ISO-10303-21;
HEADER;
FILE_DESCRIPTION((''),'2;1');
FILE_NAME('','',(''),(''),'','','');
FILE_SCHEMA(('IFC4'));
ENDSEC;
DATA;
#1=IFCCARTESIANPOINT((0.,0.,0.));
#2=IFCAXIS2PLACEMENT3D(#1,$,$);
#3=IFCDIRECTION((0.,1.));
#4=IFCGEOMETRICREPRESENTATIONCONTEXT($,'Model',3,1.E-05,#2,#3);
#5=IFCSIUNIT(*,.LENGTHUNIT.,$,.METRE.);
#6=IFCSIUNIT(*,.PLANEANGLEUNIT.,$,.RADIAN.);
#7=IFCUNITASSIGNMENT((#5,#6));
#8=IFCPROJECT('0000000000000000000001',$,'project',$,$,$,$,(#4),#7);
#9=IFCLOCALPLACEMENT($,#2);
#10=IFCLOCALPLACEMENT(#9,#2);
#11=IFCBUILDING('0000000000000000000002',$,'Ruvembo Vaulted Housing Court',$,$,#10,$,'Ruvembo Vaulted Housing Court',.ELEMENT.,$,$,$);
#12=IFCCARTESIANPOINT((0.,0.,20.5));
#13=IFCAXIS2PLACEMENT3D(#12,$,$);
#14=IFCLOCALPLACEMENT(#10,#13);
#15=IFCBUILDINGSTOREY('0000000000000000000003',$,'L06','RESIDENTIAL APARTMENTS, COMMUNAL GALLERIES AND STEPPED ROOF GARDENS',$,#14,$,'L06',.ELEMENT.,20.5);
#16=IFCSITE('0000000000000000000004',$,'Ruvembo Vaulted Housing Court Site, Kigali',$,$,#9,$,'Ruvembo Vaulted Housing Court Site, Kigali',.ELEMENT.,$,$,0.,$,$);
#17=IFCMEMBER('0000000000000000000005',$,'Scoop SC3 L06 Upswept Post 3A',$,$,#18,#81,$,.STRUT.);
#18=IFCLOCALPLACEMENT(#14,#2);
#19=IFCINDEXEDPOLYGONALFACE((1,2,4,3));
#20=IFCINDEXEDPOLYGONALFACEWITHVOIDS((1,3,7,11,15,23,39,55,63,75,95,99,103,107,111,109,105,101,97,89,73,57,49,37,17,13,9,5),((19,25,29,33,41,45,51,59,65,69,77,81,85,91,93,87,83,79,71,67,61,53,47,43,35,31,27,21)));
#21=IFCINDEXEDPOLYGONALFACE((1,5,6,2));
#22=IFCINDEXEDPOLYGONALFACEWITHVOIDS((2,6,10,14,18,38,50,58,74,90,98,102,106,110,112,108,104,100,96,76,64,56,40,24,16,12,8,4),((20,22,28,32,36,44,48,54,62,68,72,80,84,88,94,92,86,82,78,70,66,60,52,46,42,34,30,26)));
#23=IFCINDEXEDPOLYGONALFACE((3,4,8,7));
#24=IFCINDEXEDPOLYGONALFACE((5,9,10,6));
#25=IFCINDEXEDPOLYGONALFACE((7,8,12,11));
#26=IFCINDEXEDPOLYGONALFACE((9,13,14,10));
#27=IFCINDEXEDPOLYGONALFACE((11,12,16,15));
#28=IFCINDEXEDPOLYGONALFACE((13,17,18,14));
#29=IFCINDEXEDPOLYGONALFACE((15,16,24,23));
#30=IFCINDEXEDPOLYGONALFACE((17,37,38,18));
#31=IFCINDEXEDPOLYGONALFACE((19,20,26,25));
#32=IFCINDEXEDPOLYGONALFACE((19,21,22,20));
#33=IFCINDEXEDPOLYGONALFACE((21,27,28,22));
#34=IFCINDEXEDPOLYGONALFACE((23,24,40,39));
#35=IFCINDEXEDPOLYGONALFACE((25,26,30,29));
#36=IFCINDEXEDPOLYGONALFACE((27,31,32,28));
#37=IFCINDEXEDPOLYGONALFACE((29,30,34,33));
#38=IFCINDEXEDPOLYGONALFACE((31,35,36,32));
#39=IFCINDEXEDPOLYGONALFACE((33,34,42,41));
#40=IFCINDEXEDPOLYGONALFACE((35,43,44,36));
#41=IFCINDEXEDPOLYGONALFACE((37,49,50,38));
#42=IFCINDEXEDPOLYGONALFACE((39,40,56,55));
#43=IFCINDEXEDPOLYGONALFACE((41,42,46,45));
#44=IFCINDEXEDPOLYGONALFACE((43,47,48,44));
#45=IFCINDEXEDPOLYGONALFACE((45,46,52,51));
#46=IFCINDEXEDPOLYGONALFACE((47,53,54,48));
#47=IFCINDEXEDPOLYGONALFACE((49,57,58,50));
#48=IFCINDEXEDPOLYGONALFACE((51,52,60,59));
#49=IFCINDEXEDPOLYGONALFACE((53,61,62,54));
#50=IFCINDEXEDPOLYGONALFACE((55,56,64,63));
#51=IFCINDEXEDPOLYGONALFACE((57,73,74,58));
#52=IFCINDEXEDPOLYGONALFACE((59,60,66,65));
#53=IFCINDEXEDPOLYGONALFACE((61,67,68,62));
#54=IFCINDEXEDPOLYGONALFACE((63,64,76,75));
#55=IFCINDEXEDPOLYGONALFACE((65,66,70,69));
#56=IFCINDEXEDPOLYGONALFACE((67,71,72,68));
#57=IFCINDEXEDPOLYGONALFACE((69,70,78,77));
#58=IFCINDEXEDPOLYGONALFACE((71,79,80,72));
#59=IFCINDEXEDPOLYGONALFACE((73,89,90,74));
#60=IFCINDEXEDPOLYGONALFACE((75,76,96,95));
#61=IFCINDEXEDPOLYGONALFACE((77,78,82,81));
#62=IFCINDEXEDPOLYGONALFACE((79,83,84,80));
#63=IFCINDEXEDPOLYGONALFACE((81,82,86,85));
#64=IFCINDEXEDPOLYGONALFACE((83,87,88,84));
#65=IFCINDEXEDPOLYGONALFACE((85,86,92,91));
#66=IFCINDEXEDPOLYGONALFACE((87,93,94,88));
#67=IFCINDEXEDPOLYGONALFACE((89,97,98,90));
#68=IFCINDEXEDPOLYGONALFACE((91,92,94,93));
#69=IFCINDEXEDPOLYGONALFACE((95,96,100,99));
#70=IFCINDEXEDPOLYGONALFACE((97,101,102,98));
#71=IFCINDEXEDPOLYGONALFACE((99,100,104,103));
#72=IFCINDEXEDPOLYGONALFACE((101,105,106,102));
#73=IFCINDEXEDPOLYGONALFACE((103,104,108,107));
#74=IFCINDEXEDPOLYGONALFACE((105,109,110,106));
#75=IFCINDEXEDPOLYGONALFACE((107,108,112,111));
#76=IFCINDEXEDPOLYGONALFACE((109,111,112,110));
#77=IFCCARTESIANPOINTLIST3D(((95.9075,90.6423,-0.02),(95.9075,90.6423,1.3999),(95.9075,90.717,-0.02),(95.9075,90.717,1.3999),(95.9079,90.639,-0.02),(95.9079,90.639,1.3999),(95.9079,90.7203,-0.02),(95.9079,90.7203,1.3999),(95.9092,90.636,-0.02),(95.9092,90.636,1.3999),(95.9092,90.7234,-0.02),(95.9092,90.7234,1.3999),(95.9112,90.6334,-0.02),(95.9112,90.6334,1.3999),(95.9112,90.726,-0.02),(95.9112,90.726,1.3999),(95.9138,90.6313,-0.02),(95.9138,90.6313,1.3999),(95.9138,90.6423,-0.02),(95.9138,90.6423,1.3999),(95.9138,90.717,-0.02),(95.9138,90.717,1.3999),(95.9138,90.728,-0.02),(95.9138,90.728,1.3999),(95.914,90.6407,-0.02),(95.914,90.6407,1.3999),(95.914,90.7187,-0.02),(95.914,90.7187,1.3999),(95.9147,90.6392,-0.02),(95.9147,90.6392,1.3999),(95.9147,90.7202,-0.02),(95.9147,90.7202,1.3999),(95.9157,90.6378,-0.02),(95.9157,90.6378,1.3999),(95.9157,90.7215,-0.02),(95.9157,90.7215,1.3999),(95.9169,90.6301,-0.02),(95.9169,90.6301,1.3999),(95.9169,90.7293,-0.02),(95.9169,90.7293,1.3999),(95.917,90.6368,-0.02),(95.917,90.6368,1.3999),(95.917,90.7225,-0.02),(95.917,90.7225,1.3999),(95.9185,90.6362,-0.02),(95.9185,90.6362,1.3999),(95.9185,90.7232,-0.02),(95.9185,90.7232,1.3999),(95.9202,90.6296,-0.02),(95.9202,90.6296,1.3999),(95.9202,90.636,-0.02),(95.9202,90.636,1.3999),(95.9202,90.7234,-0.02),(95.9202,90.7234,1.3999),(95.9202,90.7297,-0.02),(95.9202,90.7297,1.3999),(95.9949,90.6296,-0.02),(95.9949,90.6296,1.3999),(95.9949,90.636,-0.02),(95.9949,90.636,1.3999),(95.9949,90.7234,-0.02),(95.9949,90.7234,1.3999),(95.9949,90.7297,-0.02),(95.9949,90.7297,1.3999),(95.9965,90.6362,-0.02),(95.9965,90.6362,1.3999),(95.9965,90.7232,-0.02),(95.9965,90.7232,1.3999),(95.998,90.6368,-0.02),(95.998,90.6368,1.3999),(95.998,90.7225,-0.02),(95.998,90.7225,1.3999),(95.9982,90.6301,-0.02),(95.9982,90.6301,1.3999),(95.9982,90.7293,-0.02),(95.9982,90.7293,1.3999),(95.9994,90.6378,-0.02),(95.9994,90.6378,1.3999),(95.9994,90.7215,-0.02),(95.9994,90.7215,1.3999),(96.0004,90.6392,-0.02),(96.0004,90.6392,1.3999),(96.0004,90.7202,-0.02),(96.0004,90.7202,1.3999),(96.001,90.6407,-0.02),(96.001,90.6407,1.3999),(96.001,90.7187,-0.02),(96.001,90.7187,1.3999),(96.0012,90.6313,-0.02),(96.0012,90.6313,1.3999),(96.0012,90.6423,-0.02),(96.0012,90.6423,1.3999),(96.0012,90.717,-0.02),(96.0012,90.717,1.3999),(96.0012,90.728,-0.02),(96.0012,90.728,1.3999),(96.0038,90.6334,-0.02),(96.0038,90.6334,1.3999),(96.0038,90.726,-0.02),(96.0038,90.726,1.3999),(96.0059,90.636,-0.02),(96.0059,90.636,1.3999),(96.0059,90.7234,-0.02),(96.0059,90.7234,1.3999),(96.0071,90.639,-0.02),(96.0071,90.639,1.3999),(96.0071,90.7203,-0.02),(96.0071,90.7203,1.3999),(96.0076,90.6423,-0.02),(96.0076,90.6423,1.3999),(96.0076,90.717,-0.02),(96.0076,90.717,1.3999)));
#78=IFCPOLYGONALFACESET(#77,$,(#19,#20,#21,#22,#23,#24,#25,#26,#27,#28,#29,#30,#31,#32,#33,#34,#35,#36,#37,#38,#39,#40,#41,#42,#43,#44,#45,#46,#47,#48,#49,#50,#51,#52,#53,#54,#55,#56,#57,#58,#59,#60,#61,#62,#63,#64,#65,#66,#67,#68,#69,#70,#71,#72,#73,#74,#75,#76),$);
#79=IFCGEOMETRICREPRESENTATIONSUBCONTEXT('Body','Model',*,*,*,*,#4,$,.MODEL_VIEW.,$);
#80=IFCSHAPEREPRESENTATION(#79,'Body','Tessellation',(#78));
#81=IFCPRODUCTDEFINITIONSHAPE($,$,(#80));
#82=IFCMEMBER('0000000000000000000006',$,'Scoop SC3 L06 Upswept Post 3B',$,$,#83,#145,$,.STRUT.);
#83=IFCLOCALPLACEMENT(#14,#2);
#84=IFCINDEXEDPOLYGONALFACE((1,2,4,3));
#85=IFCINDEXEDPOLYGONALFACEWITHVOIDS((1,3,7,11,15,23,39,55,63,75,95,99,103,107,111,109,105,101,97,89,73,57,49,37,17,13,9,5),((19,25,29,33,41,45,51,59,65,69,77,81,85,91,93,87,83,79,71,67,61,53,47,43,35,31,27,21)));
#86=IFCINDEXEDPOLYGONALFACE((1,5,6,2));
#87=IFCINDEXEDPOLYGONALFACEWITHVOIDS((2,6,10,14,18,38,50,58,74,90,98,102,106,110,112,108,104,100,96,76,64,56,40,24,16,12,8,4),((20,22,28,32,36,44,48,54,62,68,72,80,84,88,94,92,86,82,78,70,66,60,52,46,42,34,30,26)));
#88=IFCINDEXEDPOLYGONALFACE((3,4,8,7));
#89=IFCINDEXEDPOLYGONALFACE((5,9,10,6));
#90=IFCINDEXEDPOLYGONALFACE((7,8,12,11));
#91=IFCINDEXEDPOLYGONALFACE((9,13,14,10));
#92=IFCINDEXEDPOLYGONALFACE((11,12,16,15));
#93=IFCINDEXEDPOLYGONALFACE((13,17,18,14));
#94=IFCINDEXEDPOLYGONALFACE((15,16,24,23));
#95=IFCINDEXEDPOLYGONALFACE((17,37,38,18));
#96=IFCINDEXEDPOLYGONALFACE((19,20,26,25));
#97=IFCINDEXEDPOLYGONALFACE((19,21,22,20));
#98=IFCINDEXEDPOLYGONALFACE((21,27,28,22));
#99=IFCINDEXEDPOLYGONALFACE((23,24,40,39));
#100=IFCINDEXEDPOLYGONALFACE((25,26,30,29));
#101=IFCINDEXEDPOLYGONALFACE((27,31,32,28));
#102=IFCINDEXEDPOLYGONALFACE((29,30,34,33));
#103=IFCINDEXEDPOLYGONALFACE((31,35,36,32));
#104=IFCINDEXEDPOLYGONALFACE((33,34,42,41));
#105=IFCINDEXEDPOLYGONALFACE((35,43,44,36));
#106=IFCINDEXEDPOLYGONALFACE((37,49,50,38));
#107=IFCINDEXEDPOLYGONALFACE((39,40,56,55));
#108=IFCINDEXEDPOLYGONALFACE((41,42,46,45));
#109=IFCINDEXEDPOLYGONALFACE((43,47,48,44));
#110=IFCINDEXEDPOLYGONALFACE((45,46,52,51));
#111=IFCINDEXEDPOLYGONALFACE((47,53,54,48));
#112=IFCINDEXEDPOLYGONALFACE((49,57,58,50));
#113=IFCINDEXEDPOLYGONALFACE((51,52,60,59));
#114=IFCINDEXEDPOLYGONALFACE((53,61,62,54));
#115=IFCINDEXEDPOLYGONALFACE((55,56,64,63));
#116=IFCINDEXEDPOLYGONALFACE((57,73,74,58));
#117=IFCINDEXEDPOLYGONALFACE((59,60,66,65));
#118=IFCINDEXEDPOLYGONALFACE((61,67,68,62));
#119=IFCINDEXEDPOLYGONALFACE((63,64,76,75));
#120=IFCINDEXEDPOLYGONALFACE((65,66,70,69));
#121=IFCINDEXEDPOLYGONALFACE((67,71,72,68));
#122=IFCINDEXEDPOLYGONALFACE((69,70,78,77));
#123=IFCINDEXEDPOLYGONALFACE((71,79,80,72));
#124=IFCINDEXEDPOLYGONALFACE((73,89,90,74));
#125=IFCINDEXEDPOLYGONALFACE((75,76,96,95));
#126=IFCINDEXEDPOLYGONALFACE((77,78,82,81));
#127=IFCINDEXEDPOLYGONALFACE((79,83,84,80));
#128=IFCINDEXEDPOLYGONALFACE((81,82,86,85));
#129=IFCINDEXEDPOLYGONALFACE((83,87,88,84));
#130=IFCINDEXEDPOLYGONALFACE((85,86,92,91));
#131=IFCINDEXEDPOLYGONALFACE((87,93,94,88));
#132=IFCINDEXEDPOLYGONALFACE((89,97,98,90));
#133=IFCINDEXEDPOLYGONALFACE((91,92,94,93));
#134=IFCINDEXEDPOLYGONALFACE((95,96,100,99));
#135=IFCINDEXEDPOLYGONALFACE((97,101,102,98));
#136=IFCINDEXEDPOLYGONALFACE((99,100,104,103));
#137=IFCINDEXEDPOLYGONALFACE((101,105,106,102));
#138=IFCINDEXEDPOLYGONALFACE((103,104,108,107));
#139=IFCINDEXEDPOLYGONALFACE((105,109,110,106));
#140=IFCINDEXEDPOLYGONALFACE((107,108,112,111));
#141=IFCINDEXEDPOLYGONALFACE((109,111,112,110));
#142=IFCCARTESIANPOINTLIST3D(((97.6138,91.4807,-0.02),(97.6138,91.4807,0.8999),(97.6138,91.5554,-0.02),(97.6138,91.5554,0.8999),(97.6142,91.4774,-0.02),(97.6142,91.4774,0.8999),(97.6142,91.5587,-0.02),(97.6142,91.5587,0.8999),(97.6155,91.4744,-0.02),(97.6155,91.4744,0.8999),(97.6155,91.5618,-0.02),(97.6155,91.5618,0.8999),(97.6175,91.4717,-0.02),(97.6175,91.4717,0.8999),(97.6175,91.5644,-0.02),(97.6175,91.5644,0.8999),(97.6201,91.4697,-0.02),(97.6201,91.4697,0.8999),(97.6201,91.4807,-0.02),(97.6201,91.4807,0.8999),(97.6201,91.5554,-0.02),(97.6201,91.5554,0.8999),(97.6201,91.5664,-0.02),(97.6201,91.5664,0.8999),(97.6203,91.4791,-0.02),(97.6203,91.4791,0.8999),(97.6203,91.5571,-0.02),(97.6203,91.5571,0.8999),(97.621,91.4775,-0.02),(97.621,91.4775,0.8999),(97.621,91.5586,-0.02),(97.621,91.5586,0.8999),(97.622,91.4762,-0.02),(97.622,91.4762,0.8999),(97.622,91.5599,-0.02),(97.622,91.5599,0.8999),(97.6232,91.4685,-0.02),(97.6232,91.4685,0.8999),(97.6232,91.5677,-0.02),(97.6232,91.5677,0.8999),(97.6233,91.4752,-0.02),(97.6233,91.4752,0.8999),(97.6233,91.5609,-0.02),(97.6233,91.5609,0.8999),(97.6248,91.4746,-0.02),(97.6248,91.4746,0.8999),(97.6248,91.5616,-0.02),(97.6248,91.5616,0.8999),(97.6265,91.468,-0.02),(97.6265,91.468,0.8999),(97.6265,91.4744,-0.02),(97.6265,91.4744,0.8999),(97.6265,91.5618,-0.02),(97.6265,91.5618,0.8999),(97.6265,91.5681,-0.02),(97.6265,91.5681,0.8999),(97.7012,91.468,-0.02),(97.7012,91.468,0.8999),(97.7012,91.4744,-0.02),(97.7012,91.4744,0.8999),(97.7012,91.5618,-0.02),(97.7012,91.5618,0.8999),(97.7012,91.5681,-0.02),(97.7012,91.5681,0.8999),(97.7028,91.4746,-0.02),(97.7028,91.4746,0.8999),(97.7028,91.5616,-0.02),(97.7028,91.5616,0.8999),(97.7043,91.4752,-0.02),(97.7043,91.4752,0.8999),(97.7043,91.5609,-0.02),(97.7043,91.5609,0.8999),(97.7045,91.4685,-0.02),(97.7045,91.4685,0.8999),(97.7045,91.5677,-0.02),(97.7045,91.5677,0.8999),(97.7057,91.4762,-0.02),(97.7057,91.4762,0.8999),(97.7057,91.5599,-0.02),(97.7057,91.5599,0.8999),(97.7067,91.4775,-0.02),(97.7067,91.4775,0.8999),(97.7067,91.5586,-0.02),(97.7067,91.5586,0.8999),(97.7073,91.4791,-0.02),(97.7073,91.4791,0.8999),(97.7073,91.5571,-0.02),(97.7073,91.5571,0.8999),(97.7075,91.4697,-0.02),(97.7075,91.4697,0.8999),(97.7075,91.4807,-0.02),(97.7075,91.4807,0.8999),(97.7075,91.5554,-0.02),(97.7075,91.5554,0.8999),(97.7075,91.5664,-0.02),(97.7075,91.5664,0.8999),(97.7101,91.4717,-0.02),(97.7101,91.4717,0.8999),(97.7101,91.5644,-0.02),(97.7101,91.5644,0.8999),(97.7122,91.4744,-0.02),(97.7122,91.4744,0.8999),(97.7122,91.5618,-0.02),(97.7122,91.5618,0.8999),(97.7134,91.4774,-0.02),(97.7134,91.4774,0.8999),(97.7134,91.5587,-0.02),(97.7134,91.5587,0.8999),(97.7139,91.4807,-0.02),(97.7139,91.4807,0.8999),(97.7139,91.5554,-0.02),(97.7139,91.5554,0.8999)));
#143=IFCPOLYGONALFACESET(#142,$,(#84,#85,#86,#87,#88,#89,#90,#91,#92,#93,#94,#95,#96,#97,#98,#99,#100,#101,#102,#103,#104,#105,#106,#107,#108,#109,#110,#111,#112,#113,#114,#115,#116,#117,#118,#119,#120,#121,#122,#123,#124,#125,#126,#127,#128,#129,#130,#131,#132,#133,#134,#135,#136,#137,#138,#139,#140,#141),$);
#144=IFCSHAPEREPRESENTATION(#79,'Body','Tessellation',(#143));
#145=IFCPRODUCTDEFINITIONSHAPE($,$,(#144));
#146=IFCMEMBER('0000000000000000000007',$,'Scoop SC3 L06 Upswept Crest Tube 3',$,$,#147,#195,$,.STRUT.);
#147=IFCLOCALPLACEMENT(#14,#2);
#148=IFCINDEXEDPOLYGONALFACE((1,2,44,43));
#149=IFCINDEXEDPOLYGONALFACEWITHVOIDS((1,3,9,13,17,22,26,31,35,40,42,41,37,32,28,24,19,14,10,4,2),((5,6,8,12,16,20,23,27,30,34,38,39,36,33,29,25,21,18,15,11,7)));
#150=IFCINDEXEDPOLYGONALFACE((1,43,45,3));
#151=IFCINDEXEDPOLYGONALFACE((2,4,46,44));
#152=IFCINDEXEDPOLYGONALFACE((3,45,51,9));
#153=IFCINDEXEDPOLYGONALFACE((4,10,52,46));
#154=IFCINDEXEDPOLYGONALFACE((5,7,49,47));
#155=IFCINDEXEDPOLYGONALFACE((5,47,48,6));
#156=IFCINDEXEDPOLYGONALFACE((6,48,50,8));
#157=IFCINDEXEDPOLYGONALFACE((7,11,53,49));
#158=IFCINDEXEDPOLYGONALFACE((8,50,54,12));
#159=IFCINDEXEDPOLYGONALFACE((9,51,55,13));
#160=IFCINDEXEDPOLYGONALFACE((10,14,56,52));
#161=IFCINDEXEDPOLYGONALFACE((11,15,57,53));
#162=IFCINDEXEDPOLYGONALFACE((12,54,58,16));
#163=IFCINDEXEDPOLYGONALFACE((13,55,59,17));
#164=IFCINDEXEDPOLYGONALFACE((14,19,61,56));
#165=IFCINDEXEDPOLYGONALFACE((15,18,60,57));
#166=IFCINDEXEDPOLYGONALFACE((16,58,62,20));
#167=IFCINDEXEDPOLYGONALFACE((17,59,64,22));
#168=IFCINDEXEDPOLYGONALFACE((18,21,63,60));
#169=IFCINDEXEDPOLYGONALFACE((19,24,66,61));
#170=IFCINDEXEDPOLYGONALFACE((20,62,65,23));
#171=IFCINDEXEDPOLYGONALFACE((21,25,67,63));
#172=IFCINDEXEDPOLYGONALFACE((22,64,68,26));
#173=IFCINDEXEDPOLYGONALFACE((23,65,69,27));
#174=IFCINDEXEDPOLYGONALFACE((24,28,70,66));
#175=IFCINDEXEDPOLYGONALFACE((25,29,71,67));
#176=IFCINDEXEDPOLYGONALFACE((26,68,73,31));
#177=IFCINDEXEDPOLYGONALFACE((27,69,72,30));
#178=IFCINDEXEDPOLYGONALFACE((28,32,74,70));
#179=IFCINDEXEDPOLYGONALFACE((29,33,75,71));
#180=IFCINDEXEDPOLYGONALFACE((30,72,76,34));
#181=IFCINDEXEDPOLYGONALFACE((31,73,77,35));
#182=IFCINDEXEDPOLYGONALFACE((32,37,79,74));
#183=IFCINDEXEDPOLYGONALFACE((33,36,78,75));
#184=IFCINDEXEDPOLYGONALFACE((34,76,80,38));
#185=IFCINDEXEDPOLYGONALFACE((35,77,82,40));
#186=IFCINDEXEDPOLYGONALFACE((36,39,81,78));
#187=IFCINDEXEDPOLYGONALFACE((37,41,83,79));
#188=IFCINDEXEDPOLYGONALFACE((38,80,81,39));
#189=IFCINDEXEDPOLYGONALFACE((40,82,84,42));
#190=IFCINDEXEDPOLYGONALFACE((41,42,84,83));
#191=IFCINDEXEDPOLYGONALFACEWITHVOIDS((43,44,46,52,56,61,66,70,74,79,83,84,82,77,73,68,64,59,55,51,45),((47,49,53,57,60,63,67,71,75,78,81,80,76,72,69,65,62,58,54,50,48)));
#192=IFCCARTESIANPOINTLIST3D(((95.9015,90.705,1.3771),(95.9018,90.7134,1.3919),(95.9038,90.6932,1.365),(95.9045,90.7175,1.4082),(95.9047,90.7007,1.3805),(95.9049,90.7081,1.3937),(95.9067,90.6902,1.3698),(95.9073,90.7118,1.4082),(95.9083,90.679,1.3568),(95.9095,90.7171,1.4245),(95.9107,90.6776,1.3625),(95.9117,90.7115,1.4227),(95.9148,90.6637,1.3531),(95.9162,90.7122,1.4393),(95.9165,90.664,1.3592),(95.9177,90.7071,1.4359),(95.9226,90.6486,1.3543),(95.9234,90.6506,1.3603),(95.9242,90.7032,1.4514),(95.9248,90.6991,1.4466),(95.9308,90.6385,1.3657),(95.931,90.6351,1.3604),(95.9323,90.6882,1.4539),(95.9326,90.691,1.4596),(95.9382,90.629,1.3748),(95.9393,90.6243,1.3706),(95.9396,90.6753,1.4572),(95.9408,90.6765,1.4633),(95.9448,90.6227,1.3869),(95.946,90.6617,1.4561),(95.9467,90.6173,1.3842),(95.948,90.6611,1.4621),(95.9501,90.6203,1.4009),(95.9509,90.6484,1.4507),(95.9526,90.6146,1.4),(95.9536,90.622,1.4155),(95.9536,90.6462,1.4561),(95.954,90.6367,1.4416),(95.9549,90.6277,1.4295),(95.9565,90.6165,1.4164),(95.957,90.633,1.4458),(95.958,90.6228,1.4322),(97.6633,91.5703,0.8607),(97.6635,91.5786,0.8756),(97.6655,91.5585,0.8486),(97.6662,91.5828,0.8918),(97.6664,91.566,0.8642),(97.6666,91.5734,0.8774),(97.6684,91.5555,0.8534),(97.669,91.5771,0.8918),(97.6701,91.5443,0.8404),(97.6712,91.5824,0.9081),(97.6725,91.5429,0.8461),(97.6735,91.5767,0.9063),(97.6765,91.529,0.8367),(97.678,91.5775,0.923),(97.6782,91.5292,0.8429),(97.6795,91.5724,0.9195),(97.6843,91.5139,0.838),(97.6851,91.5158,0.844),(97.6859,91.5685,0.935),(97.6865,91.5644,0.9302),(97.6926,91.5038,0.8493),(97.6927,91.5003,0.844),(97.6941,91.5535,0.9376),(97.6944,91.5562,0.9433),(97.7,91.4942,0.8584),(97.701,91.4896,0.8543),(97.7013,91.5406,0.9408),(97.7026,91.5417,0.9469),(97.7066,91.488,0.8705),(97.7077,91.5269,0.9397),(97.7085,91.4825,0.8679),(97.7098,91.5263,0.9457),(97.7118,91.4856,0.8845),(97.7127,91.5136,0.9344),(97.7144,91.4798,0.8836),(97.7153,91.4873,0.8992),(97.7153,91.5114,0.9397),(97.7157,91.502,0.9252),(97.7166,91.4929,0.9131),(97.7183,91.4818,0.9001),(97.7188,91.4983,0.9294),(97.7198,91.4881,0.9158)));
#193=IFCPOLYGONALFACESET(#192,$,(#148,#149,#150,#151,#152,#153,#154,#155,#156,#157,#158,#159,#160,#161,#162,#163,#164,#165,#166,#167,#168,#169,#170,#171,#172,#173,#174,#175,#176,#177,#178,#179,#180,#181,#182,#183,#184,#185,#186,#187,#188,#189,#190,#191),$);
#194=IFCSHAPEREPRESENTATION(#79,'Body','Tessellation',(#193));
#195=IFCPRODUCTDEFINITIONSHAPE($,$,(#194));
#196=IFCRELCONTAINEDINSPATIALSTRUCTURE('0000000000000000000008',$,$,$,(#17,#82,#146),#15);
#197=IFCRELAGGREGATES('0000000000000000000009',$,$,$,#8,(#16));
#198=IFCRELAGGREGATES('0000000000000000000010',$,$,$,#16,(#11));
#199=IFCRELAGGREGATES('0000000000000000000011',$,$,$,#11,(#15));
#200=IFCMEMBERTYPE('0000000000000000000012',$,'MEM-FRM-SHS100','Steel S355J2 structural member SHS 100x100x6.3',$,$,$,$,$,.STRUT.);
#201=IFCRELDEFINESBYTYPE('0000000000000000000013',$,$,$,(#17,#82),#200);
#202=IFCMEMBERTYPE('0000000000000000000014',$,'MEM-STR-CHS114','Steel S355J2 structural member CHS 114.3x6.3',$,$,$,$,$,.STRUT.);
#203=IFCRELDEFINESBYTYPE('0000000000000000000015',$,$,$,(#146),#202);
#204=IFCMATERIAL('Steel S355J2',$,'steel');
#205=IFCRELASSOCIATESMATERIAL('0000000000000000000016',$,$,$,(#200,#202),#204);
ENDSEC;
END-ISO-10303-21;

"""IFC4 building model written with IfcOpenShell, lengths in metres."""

from ifc_helpers import new_model, si_unit, direction, frame, origin, origin_2d, place, context, subcontext, project, spatial, hollow_rectangle, hollow_circle, extrude, material, material_profile, profile_set, type_object, element, save


model = new_model("IFC4")

# Units and contexts
model_context = context("Model", 3, precision=1e-05, world=origin(), true_north=direction((0.0, 1.0)))
body_context = subcontext(model_context, "Body", "Model", "MODEL_VIEW")
ifc_project = project(units=[si_unit("LENGTHUNIT", "METRE"), si_unit("PLANEANGLEUNIT", "RADIAN")], contexts=[model_context])

# Site, building, storey
site_placement = place(None, origin())
site = spatial("IfcSite", under=ifc_project, at=site_placement, Name="Ruvembo Vaulted Housing Court Site, Kigali", LongName="Ruvembo Vaulted Housing Court Site, Kigali", CompositionType="ELEMENT", RefElevation=0.0)
building_placement = place(site_placement, origin())
building = spatial("IfcBuilding", under=site, at=building_placement, Name="Ruvembo Vaulted Housing Court", LongName="Ruvembo Vaulted Housing Court", CompositionType="ELEMENT")
storey_placement = place(building_placement, frame((0.0, 0.0, 20.5)))
storey = spatial("IfcBuildingStorey", under=building, at=storey_placement, Name="L06", Description="RESIDENTIAL APARTMENTS, COMMUNAL GALLERIES AND STEPPED ROOF GARDENS", LongName="L06", CompositionType="ELEMENT", Elevation=20.5)

# Members
ifc_material_1 = material(Name="Steel S355J2", Category="steel")
ifc_material_profile_1 = material_profile(ifc_material_1, hollow_rectangle(XDim=0.1001, YDim=0.1001, WallThickness=0.0063, InnerFilletRadius=0.0063, OuterFilletRadius=0.0127, at=origin_2d()), Name="SHS 100x100x6.3")
ifc_profile_set_1 = profile_set([ifc_material_profile_1], Name="Steel S355J2")
member_type_1 = type_object("IfcMemberType", Name="MEM-FRM-SHS100", Description="Steel S355J2 structural member SHS 100x100x6.3", PredefinedType="STRUT", material=ifc_profile_set_1)
member_1_placement = place(storey_placement, frame((95.9575, 90.6797, -0.02), z_axis=(0.0, 0.0, 1.0), x_axis=(1.0, 0.0, 0.0)))
element("IfcMember", 1, at=member_1_placement, inside=storey, type_object=member_type_1, Name="Scoop SC3 L06 Upswept Post 3A", PredefinedType="STRUT", context=body_context, shape_type="SweptSolid", body=[
    extrude(hollow_rectangle(XDim=0.1001, YDim=0.1001, WallThickness=0.0063, InnerFilletRadius=0.0063, OuterFilletRadius=0.0127, at=origin_2d()), origin(), (0.0, 0.0, 1.0), 1.4199),
])
member_2_placement = place(storey_placement, frame((97.6638, 91.5181, -0.02), z_axis=(0.0, 0.0, 1.0), x_axis=(1.0, 0.0, 0.0)))
element("IfcMember", 2, at=member_2_placement, inside=storey, type_object=member_type_1, Name="Scoop SC3 L06 Upswept Post 3B", PredefinedType="STRUT", context=body_context, shape_type="SweptSolid", body=[
    extrude(hollow_rectangle(XDim=0.1001, YDim=0.1001, WallThickness=0.0063, InnerFilletRadius=0.0063, OuterFilletRadius=0.0127, at=origin_2d()), origin(), (0.0, 0.0, 1.0), 0.9199),
])
ifc_material_profile_2 = material_profile(ifc_material_1, hollow_circle(Radius=0.0571, WallThickness=0.0063, at=origin_2d()), Name="CHS 114.3x6.3")
ifc_profile_set_2 = profile_set([ifc_material_profile_2], Name="Steel S355J2")
member_type_2 = type_object("IfcMemberType", Name="MEM-STR-CHS114", Description="Steel S355J2 structural member CHS 114.3x6.3", PredefinedType="STRUT", material=ifc_profile_set_2)
member_3_placement = place(storey_placement, frame((95.9297, 90.6663, 1.4082), z_axis=(0.868052, 0.426327, -0.254425), x_axis=(-0.440834, 0.897589, 0.0)))
element("IfcMember", 3, at=member_3_placement, inside=storey, type_object=member_type_2, Name="Scoop SC3 L06 Upswept Crest Tube 3", PredefinedType="STRUT", context=body_context, shape_type="SweptSolid", body=[
    extrude(hollow_circle(Radius=0.0571, WallThickness=0.0063, at=origin_2d()), origin(), (0.0, 0.0, 1.0), 2.0295),
])

save(model, "model.ifc")
